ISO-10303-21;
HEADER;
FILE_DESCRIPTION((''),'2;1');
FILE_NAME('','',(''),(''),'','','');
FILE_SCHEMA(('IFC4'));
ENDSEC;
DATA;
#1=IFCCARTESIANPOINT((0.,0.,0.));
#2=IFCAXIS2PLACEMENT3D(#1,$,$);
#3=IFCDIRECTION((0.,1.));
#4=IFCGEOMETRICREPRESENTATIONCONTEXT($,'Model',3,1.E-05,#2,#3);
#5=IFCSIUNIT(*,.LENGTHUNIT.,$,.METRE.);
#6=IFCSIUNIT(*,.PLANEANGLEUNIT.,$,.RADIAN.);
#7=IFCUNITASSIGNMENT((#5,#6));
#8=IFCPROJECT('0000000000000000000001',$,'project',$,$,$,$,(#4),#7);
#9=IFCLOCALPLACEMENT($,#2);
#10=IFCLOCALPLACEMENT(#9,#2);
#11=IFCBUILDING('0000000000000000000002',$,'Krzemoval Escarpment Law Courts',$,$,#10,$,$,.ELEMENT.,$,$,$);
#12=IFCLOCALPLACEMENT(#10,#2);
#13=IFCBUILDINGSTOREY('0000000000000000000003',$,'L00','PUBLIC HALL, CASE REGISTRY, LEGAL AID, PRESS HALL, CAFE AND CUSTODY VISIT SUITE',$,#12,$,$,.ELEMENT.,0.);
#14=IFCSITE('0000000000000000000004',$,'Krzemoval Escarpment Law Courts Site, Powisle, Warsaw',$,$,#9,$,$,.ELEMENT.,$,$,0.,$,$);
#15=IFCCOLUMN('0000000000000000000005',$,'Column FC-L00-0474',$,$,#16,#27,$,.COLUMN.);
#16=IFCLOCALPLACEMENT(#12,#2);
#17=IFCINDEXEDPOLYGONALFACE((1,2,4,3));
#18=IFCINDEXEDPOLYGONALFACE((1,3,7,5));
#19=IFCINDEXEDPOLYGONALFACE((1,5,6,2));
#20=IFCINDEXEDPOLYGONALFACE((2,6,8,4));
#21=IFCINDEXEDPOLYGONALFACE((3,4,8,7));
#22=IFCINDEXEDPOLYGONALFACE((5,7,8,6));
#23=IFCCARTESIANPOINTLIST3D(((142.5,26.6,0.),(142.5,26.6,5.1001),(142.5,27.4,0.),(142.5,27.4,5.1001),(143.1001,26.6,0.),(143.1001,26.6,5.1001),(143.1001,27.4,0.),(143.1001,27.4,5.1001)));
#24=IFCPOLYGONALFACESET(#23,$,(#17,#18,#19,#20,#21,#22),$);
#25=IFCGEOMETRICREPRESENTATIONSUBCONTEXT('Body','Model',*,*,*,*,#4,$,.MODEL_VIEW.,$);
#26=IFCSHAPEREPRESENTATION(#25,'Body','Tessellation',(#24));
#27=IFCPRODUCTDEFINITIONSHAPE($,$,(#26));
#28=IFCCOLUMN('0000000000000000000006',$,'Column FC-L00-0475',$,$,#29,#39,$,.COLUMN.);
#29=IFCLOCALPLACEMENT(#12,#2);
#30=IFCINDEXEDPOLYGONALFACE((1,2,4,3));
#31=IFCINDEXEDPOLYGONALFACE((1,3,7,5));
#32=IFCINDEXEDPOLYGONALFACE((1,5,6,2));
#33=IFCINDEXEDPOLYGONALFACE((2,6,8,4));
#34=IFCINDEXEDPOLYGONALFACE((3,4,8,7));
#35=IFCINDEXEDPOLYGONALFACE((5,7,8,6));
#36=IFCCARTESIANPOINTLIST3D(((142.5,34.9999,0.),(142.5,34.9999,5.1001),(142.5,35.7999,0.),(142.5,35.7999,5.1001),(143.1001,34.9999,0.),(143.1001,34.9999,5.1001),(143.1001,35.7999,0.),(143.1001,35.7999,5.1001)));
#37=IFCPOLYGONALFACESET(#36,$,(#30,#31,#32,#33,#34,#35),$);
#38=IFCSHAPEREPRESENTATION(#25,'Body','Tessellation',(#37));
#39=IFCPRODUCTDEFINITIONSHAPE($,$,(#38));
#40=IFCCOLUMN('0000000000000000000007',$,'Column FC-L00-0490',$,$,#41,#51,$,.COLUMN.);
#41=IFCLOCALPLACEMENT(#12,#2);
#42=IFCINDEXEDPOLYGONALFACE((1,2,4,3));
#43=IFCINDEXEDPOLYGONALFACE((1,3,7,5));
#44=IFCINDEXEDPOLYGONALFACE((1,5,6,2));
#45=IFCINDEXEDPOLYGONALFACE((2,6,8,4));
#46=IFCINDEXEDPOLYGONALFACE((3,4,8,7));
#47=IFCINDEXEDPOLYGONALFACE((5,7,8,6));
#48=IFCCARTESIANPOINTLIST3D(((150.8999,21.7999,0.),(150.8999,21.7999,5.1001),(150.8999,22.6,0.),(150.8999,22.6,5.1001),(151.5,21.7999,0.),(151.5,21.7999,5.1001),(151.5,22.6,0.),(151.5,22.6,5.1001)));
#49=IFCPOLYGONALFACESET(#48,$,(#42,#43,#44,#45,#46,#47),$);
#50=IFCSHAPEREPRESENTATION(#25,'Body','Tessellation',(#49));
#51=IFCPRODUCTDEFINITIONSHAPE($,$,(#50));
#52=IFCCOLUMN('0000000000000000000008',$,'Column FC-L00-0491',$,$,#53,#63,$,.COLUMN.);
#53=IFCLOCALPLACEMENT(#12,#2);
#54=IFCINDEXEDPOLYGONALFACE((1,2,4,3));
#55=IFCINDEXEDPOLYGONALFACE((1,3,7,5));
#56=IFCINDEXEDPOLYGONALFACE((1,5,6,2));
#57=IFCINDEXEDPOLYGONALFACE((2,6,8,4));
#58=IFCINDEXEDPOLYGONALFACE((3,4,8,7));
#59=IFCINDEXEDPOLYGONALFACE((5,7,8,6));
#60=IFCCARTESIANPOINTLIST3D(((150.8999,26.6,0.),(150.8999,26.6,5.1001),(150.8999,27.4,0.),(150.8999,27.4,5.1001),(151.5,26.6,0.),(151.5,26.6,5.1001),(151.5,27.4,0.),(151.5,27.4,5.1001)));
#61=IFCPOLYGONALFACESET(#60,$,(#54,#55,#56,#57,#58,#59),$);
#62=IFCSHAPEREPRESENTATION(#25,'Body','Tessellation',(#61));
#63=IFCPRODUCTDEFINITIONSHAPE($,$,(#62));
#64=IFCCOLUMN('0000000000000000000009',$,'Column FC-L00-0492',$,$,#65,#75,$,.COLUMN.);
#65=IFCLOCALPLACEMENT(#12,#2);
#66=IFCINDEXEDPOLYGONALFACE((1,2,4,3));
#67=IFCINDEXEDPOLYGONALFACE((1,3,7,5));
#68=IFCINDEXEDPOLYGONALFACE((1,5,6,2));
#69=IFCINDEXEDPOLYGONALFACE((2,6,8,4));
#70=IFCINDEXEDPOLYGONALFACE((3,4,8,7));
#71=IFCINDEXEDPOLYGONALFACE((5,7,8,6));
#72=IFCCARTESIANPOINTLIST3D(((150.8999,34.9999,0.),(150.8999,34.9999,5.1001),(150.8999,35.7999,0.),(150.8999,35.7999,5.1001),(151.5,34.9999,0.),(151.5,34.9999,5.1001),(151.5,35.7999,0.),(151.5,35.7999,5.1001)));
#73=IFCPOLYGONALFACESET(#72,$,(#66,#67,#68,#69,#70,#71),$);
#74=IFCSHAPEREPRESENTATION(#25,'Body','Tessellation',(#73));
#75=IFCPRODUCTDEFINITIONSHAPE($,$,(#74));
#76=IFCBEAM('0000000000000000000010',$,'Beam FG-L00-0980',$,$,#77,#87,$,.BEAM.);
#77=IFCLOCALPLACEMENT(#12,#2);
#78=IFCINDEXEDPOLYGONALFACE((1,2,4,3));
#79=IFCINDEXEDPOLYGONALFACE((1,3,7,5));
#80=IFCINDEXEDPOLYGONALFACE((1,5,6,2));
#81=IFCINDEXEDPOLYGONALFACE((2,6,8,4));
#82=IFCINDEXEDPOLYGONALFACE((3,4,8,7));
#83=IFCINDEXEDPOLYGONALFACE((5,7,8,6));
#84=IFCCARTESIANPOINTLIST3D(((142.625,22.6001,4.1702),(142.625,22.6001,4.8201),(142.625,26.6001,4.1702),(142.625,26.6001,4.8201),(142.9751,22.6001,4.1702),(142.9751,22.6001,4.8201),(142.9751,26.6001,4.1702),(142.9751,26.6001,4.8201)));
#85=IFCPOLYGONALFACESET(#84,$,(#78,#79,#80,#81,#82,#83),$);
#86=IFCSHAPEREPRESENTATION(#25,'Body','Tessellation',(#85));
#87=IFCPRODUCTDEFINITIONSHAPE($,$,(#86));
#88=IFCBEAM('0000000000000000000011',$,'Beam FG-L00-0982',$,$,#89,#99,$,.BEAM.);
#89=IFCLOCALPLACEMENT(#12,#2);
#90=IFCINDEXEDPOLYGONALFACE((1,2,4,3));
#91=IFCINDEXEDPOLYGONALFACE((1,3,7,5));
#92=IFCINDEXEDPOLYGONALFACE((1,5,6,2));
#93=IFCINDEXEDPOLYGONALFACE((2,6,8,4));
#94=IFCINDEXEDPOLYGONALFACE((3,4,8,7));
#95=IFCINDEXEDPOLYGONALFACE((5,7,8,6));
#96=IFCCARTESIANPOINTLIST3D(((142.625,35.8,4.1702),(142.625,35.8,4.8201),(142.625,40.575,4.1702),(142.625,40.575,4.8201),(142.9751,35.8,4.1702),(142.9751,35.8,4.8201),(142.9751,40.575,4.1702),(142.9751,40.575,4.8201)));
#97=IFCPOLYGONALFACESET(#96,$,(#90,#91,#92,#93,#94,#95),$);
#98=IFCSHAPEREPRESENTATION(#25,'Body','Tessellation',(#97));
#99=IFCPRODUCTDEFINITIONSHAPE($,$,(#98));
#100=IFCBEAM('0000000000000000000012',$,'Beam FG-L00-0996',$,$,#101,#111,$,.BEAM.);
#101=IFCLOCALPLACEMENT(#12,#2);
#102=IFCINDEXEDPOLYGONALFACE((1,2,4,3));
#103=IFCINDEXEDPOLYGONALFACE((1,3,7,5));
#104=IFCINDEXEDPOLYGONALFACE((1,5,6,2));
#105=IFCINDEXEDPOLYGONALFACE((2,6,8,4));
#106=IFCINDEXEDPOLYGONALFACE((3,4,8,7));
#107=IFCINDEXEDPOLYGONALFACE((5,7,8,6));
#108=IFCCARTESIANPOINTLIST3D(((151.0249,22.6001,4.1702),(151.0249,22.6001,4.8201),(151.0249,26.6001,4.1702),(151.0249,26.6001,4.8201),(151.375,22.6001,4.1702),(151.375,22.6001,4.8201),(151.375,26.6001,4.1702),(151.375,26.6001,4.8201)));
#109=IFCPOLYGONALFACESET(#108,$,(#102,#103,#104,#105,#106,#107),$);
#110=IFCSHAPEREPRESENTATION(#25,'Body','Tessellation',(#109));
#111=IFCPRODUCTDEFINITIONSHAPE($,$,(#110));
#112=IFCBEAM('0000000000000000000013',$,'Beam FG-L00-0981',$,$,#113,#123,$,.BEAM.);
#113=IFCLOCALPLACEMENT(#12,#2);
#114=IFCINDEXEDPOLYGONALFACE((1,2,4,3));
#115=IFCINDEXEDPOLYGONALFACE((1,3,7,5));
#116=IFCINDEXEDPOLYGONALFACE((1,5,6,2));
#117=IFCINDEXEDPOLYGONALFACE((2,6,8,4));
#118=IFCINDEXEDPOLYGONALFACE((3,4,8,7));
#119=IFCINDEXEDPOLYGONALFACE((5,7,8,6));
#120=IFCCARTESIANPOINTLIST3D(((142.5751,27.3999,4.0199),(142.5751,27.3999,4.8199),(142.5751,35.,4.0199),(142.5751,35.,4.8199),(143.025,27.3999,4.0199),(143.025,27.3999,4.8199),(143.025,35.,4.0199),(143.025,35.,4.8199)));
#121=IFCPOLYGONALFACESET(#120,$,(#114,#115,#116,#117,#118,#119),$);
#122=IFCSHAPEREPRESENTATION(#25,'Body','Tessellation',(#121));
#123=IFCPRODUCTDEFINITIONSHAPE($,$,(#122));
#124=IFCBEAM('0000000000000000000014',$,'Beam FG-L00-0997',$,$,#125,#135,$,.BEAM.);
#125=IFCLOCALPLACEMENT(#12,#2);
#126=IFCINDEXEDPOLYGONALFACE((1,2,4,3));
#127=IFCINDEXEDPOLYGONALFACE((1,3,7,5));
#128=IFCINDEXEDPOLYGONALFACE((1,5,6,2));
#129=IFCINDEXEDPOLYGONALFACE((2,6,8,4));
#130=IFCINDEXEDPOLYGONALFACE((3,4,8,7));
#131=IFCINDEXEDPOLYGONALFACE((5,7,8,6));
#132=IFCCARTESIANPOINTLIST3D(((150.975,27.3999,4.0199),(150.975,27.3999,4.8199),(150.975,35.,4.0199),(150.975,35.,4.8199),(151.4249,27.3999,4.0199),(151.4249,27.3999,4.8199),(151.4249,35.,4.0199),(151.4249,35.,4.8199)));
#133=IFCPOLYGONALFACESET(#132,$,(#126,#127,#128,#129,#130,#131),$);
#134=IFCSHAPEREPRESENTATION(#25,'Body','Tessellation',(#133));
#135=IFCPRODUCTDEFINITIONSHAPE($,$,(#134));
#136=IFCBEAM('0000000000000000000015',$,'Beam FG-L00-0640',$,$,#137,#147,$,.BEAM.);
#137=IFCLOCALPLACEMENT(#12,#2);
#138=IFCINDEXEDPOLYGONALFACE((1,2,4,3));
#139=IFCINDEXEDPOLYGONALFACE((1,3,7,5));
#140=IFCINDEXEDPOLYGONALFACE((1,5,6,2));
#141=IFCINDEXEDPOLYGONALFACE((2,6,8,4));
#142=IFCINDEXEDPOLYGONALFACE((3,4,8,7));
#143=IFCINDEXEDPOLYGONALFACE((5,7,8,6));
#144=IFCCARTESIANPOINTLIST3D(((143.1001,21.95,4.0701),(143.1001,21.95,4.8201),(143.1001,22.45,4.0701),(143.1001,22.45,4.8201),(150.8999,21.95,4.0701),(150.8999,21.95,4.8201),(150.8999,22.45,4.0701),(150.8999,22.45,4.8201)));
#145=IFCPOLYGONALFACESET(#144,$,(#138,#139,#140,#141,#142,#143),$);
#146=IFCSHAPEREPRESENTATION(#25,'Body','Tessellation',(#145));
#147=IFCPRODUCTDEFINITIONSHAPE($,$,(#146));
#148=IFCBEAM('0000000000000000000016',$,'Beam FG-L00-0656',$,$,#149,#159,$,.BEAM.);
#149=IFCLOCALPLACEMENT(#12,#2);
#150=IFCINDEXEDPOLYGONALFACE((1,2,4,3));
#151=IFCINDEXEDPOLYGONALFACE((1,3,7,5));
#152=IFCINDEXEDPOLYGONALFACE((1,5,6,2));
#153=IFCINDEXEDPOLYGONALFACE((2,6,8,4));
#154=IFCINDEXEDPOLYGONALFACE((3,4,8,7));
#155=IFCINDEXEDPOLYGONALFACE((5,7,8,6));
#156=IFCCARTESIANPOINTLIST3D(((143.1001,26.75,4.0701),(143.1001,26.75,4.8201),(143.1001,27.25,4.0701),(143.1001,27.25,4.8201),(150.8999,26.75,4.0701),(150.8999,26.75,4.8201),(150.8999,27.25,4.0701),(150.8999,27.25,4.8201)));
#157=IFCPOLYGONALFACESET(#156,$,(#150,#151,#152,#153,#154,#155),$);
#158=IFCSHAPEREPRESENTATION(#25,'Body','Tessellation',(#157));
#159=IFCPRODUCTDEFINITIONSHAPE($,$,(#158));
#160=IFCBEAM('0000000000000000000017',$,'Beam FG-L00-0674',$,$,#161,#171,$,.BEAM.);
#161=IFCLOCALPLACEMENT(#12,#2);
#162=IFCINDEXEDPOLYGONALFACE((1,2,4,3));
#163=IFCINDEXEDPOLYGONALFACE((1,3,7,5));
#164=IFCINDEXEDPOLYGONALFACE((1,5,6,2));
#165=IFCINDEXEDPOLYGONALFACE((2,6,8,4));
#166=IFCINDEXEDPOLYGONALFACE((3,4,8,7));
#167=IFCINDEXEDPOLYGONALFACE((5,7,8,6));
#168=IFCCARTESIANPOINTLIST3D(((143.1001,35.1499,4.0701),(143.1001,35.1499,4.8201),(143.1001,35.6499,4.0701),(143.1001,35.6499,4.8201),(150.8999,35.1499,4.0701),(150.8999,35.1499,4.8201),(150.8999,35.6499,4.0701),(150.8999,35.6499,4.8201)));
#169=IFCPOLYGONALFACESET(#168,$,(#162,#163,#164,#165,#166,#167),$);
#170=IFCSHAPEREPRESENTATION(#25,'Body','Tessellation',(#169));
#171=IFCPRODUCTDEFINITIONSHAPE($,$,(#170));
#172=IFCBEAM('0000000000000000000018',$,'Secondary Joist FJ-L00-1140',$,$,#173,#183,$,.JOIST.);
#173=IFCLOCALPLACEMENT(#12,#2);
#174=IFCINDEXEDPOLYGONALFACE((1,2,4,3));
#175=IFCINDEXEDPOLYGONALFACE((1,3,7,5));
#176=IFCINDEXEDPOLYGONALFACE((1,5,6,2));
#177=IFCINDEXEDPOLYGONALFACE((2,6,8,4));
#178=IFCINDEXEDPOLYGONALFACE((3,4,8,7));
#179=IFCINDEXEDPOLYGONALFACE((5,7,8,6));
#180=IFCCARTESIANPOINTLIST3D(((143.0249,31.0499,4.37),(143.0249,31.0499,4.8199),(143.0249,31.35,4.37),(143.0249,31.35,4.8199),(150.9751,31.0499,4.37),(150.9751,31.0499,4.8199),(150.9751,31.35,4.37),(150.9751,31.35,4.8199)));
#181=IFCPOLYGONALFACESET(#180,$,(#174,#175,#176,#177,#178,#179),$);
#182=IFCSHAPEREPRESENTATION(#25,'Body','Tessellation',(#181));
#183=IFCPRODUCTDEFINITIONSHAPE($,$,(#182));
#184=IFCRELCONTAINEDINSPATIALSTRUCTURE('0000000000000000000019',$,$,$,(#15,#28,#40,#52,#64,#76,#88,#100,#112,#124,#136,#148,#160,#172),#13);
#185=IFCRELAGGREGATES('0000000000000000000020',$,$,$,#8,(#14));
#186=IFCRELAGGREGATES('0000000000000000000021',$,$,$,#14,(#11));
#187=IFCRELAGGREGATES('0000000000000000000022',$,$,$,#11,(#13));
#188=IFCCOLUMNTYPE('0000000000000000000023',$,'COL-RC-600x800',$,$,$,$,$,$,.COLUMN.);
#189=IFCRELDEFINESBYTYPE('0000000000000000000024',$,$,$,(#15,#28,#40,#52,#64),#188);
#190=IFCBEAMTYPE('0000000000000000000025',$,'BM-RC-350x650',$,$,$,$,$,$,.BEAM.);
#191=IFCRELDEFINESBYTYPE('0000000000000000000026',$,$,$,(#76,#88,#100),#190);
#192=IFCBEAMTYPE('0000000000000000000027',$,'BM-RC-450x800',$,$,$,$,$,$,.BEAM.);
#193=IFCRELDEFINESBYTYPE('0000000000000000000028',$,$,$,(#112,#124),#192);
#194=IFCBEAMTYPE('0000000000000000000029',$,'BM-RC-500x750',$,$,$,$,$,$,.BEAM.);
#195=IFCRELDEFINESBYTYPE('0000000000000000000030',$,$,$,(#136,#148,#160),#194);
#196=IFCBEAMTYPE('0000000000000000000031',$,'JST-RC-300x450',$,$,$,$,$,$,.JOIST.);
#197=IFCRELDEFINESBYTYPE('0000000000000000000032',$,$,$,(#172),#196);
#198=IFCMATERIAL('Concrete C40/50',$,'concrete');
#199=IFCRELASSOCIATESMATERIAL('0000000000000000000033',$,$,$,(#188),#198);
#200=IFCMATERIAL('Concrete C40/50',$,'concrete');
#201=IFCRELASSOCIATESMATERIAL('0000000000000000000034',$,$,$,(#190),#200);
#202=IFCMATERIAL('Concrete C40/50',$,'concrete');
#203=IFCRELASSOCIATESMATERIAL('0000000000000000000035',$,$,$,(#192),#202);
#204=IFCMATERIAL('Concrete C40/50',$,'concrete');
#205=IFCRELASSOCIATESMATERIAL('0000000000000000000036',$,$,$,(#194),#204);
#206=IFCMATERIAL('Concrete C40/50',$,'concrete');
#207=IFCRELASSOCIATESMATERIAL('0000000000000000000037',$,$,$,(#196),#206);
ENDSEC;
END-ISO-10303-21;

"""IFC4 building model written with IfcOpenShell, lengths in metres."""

from ifc_helpers import new_model, si_unit, direction, frame, origin, origin_2d, place, context, subcontext, project, spatial, rectangle, extrude, material, material_profile, profile_set, type_object, element, save


model = new_model("IFC4")

# Units and contexts
model_context = context("Model", 3, precision=1e-05, world=origin(), true_north=direction((0.0, 1.0)))
body_context = subcontext(model_context, "Body", "Model", "MODEL_VIEW")
ifc_project = project(units=[si_unit("LENGTHUNIT", "METRE"), si_unit("PLANEANGLEUNIT", "RADIAN")], contexts=[model_context])

# Site, building, storey
site_placement = place(None, origin())
site = spatial("IfcSite", under=ifc_project, at=site_placement, Name="Krzemoval Escarpment Law Courts Site, Powisle, Warsaw", CompositionType="ELEMENT", RefElevation=0.0)
building_placement = place(site_placement, origin())
building = spatial("IfcBuilding", under=site, at=building_placement, Name="Krzemoval Escarpment Law Courts", CompositionType="ELEMENT")
storey_placement = place(building_placement, origin())
storey = spatial("IfcBuildingStorey", under=building, at=storey_placement, Name="L00", Description="PUBLIC HALL, CASE REGISTRY, LEGAL AID, PRESS HALL, CAFE AND CUSTODY VISIT SUITE", CompositionType="ELEMENT", Elevation=0.0)

# Columns
ifc_material_1 = material(Name="Concrete C40/50", Category="concrete")
ifc_material_profile_1 = material_profile(ifc_material_1, rectangle(XDim=0.6001, YDim=0.8, at=origin_2d()), Name="RC 600x800")
ifc_profile_set_1 = profile_set([ifc_material_profile_1], Name="Concrete C40/50")
column_type = type_object("IfcColumnType", Name="COL-RC-600x800", PredefinedType="COLUMN", material=ifc_profile_set_1)
for number, where, z_axis, x_axis, name in (
    (1, (142.8, 27.0, 0.0), (0.0, 0.0, 1.0), (1.0, 0.0, 0.0), "Column FC-L00-0474"),
    (2, (142.8, 35.3999, 0.0), (0.0, 0.0, 1.0), (1.0, 0.0, 0.0), "Column FC-L00-0475"),
    (3, (151.2, 22.2, 0.0), (0.0, 0.0, 1.0), (1.0, 0.0, 0.0), "Column FC-L00-0490"),
    (4, (151.2, 27.0, 0.0), (0.0, 0.0, 1.0), (1.0, 0.0, 0.0), "Column FC-L00-0491"),
    (5, (151.2, 35.3999, 0.0), (0.0, 0.0, 1.0), (1.0, 0.0, 0.0), "Column FC-L00-0492"),
):
    element("IfcColumn", number, at=place(storey_placement, frame(where, z_axis=z_axis, x_axis=x_axis)), inside=storey, type_object=column_type, Name=name, PredefinedType="COLUMN", context=body_context, shape_type="SweptSolid", body=[
        extrude(rectangle(XDim=0.6001, YDim=0.8, at=origin_2d()), origin(), (0.0, 0.0, 1.0), 5.1001),
    ])

# Beams
ifc_material_2 = material(Name="Concrete C40/50", Category="concrete")
ifc_material_profile_2 = material_profile(ifc_material_2, rectangle(XDim=0.3501, YDim=0.6499, at=origin_2d()), Name="RCB 350x650")
ifc_profile_set_2 = profile_set([ifc_material_profile_2], Name="Concrete C40/50")
beam_type_1 = type_object("IfcBeamType", Name="BM-RC-350x650", PredefinedType="BEAM", material=ifc_profile_set_2)
beam_1_placement = place(storey_placement, frame((142.8, 22.6001, 4.4951), z_axis=(0.0, 1.0, 0.0), x_axis=(-1.0, 0.0, 0.0)))
element("IfcBeam", 6, at=beam_1_placement, inside=storey, type_object=beam_type_1, Name="Beam FG-L00-0980", PredefinedType="BEAM", context=body_context, shape_type="SweptSolid", body=[
    extrude(rectangle(XDim=0.3501, YDim=0.6499, at=origin_2d()), origin(), (0.0, 0.0, 1.0), 4.0),
])
beam_2_placement = place(storey_placement, frame((142.8, 35.8, 4.4951), z_axis=(0.0, 1.0, 0.0), x_axis=(-1.0, 0.0, 0.0)))
element("IfcBeam", 7, at=beam_2_placement, inside=storey, type_object=beam_type_1, Name="Beam FG-L00-0982", PredefinedType="BEAM", context=body_context, shape_type="SweptSolid", body=[
    extrude(rectangle(XDim=0.3501, YDim=0.6499, at=origin_2d()), origin(), (0.0, 0.0, 1.0), 4.7749),
])
beam_3_placement = place(storey_placement, frame((151.2, 22.6001, 4.4951), z_axis=(0.0, 1.0, 0.0), x_axis=(-1.0, 0.0, 0.0)))
element("IfcBeam", 8, at=beam_3_placement, inside=storey, type_object=beam_type_1, Name="Beam FG-L00-0996", PredefinedType="BEAM", context=body_context, shape_type="SweptSolid", body=[
    extrude(rectangle(XDim=0.3501, YDim=0.6499, at=origin_2d()), origin(), (0.0, 0.0, 1.0), 4.0),
])
ifc_material_3 = material(Name="Concrete C40/50", Category="concrete")
ifc_material_profile_3 = material_profile(ifc_material_3, rectangle(XDim=0.45, YDim=0.8, at=origin_2d()), Name="RCB 450x800")
ifc_profile_set_3 = profile_set([ifc_material_profile_3], Name="Concrete C40/50")
beam_type_2 = type_object("IfcBeamType", Name="BM-RC-450x800", PredefinedType="BEAM", material=ifc_profile_set_3)
for number, where, z_axis, x_axis, name in (
    (9, (142.8, 27.3999, 4.4199), (0.0, 1.0, 0.0), (-1.0, 0.0, 0.0), "Beam FG-L00-0981"),
    (10, (151.2, 27.3999, 4.4199), (0.0, 1.0, 0.0), (-1.0, 0.0, 0.0), "Beam FG-L00-0997"),
):
    element("IfcBeam", number, at=place(storey_placement, frame(where, z_axis=z_axis, x_axis=x_axis)), inside=storey, type_object=beam_type_2, Name=name, PredefinedType="BEAM", context=body_context, shape_type="SweptSolid", body=[
        extrude(rectangle(XDim=0.45, YDim=0.8, at=origin_2d()), origin(), (0.0, 0.0, 1.0), 7.6001),
    ])
ifc_material_4 = material(Name="Concrete C40/50", Category="concrete")
ifc_material_profile_4 = material_profile(ifc_material_4, rectangle(XDim=0.5, YDim=0.75, at=origin_2d()), Name="RCB 500x750")
ifc_profile_set_4 = profile_set([ifc_material_profile_4], Name="Concrete C40/50")
beam_type_3 = type_object("IfcBeamType", Name="BM-RC-500x750", PredefinedType="BEAM", material=ifc_profile_set_4)
for number, where, z_axis, x_axis, name in (
    (11, (143.1001, 22.2, 4.4451), (1.0, 0.0, 0.0), (0.0, 1.0, 0.0), "Beam FG-L00-0640"),
    (12, (143.1001, 27.0, 4.4451), (1.0, 0.0, 0.0), (0.0, 1.0, 0.0), "Beam FG-L00-0656"),
    (13, (143.1001, 35.3999, 4.4451), (1.0, 0.0, 0.0), (0.0, 1.0, 0.0), "Beam FG-L00-0674"),
):
    element("IfcBeam", number, at=place(storey_placement, frame(where, z_axis=z_axis, x_axis=x_axis)), inside=storey, type_object=beam_type_3, Name=name, PredefinedType="BEAM", context=body_context, shape_type="SweptSolid", body=[
        extrude(rectangle(XDim=0.5, YDim=0.75, at=origin_2d()), origin(), (0.0, 0.0, 1.0), 7.7998),
    ])
ifc_material_5 = material(Name="Concrete C40/50", Category="concrete")
ifc_material_profile_5 = material_profile(ifc_material_5, rectangle(XDim=0.3, YDim=0.45, at=origin_2d()), Name="RCB 300x450")
ifc_profile_set_5 = profile_set([ifc_material_profile_5], Name="Concrete C40/50")
beam_type_4 = type_object("IfcBeamType", Name="JST-RC-300x450", PredefinedType="JOIST", material=ifc_profile_set_5)
beam_4_placement = place(storey_placement, frame((143.0249, 31.2, 4.595), z_axis=(1.0, 0.0, 0.0), x_axis=(0.0, 1.0, 0.0)))
element("IfcBeam", 14, at=beam_4_placement, inside=storey, type_object=beam_type_4, Name="Secondary Joist FJ-L00-1140", PredefinedType="JOIST", context=body_context, shape_type="SweptSolid", body=[
    extrude(rectangle(XDim=0.3, YDim=0.45, at=origin_2d()), origin(), (0.0, 0.0, 1.0), 7.9502),
])

save(model, "model.ifc")
